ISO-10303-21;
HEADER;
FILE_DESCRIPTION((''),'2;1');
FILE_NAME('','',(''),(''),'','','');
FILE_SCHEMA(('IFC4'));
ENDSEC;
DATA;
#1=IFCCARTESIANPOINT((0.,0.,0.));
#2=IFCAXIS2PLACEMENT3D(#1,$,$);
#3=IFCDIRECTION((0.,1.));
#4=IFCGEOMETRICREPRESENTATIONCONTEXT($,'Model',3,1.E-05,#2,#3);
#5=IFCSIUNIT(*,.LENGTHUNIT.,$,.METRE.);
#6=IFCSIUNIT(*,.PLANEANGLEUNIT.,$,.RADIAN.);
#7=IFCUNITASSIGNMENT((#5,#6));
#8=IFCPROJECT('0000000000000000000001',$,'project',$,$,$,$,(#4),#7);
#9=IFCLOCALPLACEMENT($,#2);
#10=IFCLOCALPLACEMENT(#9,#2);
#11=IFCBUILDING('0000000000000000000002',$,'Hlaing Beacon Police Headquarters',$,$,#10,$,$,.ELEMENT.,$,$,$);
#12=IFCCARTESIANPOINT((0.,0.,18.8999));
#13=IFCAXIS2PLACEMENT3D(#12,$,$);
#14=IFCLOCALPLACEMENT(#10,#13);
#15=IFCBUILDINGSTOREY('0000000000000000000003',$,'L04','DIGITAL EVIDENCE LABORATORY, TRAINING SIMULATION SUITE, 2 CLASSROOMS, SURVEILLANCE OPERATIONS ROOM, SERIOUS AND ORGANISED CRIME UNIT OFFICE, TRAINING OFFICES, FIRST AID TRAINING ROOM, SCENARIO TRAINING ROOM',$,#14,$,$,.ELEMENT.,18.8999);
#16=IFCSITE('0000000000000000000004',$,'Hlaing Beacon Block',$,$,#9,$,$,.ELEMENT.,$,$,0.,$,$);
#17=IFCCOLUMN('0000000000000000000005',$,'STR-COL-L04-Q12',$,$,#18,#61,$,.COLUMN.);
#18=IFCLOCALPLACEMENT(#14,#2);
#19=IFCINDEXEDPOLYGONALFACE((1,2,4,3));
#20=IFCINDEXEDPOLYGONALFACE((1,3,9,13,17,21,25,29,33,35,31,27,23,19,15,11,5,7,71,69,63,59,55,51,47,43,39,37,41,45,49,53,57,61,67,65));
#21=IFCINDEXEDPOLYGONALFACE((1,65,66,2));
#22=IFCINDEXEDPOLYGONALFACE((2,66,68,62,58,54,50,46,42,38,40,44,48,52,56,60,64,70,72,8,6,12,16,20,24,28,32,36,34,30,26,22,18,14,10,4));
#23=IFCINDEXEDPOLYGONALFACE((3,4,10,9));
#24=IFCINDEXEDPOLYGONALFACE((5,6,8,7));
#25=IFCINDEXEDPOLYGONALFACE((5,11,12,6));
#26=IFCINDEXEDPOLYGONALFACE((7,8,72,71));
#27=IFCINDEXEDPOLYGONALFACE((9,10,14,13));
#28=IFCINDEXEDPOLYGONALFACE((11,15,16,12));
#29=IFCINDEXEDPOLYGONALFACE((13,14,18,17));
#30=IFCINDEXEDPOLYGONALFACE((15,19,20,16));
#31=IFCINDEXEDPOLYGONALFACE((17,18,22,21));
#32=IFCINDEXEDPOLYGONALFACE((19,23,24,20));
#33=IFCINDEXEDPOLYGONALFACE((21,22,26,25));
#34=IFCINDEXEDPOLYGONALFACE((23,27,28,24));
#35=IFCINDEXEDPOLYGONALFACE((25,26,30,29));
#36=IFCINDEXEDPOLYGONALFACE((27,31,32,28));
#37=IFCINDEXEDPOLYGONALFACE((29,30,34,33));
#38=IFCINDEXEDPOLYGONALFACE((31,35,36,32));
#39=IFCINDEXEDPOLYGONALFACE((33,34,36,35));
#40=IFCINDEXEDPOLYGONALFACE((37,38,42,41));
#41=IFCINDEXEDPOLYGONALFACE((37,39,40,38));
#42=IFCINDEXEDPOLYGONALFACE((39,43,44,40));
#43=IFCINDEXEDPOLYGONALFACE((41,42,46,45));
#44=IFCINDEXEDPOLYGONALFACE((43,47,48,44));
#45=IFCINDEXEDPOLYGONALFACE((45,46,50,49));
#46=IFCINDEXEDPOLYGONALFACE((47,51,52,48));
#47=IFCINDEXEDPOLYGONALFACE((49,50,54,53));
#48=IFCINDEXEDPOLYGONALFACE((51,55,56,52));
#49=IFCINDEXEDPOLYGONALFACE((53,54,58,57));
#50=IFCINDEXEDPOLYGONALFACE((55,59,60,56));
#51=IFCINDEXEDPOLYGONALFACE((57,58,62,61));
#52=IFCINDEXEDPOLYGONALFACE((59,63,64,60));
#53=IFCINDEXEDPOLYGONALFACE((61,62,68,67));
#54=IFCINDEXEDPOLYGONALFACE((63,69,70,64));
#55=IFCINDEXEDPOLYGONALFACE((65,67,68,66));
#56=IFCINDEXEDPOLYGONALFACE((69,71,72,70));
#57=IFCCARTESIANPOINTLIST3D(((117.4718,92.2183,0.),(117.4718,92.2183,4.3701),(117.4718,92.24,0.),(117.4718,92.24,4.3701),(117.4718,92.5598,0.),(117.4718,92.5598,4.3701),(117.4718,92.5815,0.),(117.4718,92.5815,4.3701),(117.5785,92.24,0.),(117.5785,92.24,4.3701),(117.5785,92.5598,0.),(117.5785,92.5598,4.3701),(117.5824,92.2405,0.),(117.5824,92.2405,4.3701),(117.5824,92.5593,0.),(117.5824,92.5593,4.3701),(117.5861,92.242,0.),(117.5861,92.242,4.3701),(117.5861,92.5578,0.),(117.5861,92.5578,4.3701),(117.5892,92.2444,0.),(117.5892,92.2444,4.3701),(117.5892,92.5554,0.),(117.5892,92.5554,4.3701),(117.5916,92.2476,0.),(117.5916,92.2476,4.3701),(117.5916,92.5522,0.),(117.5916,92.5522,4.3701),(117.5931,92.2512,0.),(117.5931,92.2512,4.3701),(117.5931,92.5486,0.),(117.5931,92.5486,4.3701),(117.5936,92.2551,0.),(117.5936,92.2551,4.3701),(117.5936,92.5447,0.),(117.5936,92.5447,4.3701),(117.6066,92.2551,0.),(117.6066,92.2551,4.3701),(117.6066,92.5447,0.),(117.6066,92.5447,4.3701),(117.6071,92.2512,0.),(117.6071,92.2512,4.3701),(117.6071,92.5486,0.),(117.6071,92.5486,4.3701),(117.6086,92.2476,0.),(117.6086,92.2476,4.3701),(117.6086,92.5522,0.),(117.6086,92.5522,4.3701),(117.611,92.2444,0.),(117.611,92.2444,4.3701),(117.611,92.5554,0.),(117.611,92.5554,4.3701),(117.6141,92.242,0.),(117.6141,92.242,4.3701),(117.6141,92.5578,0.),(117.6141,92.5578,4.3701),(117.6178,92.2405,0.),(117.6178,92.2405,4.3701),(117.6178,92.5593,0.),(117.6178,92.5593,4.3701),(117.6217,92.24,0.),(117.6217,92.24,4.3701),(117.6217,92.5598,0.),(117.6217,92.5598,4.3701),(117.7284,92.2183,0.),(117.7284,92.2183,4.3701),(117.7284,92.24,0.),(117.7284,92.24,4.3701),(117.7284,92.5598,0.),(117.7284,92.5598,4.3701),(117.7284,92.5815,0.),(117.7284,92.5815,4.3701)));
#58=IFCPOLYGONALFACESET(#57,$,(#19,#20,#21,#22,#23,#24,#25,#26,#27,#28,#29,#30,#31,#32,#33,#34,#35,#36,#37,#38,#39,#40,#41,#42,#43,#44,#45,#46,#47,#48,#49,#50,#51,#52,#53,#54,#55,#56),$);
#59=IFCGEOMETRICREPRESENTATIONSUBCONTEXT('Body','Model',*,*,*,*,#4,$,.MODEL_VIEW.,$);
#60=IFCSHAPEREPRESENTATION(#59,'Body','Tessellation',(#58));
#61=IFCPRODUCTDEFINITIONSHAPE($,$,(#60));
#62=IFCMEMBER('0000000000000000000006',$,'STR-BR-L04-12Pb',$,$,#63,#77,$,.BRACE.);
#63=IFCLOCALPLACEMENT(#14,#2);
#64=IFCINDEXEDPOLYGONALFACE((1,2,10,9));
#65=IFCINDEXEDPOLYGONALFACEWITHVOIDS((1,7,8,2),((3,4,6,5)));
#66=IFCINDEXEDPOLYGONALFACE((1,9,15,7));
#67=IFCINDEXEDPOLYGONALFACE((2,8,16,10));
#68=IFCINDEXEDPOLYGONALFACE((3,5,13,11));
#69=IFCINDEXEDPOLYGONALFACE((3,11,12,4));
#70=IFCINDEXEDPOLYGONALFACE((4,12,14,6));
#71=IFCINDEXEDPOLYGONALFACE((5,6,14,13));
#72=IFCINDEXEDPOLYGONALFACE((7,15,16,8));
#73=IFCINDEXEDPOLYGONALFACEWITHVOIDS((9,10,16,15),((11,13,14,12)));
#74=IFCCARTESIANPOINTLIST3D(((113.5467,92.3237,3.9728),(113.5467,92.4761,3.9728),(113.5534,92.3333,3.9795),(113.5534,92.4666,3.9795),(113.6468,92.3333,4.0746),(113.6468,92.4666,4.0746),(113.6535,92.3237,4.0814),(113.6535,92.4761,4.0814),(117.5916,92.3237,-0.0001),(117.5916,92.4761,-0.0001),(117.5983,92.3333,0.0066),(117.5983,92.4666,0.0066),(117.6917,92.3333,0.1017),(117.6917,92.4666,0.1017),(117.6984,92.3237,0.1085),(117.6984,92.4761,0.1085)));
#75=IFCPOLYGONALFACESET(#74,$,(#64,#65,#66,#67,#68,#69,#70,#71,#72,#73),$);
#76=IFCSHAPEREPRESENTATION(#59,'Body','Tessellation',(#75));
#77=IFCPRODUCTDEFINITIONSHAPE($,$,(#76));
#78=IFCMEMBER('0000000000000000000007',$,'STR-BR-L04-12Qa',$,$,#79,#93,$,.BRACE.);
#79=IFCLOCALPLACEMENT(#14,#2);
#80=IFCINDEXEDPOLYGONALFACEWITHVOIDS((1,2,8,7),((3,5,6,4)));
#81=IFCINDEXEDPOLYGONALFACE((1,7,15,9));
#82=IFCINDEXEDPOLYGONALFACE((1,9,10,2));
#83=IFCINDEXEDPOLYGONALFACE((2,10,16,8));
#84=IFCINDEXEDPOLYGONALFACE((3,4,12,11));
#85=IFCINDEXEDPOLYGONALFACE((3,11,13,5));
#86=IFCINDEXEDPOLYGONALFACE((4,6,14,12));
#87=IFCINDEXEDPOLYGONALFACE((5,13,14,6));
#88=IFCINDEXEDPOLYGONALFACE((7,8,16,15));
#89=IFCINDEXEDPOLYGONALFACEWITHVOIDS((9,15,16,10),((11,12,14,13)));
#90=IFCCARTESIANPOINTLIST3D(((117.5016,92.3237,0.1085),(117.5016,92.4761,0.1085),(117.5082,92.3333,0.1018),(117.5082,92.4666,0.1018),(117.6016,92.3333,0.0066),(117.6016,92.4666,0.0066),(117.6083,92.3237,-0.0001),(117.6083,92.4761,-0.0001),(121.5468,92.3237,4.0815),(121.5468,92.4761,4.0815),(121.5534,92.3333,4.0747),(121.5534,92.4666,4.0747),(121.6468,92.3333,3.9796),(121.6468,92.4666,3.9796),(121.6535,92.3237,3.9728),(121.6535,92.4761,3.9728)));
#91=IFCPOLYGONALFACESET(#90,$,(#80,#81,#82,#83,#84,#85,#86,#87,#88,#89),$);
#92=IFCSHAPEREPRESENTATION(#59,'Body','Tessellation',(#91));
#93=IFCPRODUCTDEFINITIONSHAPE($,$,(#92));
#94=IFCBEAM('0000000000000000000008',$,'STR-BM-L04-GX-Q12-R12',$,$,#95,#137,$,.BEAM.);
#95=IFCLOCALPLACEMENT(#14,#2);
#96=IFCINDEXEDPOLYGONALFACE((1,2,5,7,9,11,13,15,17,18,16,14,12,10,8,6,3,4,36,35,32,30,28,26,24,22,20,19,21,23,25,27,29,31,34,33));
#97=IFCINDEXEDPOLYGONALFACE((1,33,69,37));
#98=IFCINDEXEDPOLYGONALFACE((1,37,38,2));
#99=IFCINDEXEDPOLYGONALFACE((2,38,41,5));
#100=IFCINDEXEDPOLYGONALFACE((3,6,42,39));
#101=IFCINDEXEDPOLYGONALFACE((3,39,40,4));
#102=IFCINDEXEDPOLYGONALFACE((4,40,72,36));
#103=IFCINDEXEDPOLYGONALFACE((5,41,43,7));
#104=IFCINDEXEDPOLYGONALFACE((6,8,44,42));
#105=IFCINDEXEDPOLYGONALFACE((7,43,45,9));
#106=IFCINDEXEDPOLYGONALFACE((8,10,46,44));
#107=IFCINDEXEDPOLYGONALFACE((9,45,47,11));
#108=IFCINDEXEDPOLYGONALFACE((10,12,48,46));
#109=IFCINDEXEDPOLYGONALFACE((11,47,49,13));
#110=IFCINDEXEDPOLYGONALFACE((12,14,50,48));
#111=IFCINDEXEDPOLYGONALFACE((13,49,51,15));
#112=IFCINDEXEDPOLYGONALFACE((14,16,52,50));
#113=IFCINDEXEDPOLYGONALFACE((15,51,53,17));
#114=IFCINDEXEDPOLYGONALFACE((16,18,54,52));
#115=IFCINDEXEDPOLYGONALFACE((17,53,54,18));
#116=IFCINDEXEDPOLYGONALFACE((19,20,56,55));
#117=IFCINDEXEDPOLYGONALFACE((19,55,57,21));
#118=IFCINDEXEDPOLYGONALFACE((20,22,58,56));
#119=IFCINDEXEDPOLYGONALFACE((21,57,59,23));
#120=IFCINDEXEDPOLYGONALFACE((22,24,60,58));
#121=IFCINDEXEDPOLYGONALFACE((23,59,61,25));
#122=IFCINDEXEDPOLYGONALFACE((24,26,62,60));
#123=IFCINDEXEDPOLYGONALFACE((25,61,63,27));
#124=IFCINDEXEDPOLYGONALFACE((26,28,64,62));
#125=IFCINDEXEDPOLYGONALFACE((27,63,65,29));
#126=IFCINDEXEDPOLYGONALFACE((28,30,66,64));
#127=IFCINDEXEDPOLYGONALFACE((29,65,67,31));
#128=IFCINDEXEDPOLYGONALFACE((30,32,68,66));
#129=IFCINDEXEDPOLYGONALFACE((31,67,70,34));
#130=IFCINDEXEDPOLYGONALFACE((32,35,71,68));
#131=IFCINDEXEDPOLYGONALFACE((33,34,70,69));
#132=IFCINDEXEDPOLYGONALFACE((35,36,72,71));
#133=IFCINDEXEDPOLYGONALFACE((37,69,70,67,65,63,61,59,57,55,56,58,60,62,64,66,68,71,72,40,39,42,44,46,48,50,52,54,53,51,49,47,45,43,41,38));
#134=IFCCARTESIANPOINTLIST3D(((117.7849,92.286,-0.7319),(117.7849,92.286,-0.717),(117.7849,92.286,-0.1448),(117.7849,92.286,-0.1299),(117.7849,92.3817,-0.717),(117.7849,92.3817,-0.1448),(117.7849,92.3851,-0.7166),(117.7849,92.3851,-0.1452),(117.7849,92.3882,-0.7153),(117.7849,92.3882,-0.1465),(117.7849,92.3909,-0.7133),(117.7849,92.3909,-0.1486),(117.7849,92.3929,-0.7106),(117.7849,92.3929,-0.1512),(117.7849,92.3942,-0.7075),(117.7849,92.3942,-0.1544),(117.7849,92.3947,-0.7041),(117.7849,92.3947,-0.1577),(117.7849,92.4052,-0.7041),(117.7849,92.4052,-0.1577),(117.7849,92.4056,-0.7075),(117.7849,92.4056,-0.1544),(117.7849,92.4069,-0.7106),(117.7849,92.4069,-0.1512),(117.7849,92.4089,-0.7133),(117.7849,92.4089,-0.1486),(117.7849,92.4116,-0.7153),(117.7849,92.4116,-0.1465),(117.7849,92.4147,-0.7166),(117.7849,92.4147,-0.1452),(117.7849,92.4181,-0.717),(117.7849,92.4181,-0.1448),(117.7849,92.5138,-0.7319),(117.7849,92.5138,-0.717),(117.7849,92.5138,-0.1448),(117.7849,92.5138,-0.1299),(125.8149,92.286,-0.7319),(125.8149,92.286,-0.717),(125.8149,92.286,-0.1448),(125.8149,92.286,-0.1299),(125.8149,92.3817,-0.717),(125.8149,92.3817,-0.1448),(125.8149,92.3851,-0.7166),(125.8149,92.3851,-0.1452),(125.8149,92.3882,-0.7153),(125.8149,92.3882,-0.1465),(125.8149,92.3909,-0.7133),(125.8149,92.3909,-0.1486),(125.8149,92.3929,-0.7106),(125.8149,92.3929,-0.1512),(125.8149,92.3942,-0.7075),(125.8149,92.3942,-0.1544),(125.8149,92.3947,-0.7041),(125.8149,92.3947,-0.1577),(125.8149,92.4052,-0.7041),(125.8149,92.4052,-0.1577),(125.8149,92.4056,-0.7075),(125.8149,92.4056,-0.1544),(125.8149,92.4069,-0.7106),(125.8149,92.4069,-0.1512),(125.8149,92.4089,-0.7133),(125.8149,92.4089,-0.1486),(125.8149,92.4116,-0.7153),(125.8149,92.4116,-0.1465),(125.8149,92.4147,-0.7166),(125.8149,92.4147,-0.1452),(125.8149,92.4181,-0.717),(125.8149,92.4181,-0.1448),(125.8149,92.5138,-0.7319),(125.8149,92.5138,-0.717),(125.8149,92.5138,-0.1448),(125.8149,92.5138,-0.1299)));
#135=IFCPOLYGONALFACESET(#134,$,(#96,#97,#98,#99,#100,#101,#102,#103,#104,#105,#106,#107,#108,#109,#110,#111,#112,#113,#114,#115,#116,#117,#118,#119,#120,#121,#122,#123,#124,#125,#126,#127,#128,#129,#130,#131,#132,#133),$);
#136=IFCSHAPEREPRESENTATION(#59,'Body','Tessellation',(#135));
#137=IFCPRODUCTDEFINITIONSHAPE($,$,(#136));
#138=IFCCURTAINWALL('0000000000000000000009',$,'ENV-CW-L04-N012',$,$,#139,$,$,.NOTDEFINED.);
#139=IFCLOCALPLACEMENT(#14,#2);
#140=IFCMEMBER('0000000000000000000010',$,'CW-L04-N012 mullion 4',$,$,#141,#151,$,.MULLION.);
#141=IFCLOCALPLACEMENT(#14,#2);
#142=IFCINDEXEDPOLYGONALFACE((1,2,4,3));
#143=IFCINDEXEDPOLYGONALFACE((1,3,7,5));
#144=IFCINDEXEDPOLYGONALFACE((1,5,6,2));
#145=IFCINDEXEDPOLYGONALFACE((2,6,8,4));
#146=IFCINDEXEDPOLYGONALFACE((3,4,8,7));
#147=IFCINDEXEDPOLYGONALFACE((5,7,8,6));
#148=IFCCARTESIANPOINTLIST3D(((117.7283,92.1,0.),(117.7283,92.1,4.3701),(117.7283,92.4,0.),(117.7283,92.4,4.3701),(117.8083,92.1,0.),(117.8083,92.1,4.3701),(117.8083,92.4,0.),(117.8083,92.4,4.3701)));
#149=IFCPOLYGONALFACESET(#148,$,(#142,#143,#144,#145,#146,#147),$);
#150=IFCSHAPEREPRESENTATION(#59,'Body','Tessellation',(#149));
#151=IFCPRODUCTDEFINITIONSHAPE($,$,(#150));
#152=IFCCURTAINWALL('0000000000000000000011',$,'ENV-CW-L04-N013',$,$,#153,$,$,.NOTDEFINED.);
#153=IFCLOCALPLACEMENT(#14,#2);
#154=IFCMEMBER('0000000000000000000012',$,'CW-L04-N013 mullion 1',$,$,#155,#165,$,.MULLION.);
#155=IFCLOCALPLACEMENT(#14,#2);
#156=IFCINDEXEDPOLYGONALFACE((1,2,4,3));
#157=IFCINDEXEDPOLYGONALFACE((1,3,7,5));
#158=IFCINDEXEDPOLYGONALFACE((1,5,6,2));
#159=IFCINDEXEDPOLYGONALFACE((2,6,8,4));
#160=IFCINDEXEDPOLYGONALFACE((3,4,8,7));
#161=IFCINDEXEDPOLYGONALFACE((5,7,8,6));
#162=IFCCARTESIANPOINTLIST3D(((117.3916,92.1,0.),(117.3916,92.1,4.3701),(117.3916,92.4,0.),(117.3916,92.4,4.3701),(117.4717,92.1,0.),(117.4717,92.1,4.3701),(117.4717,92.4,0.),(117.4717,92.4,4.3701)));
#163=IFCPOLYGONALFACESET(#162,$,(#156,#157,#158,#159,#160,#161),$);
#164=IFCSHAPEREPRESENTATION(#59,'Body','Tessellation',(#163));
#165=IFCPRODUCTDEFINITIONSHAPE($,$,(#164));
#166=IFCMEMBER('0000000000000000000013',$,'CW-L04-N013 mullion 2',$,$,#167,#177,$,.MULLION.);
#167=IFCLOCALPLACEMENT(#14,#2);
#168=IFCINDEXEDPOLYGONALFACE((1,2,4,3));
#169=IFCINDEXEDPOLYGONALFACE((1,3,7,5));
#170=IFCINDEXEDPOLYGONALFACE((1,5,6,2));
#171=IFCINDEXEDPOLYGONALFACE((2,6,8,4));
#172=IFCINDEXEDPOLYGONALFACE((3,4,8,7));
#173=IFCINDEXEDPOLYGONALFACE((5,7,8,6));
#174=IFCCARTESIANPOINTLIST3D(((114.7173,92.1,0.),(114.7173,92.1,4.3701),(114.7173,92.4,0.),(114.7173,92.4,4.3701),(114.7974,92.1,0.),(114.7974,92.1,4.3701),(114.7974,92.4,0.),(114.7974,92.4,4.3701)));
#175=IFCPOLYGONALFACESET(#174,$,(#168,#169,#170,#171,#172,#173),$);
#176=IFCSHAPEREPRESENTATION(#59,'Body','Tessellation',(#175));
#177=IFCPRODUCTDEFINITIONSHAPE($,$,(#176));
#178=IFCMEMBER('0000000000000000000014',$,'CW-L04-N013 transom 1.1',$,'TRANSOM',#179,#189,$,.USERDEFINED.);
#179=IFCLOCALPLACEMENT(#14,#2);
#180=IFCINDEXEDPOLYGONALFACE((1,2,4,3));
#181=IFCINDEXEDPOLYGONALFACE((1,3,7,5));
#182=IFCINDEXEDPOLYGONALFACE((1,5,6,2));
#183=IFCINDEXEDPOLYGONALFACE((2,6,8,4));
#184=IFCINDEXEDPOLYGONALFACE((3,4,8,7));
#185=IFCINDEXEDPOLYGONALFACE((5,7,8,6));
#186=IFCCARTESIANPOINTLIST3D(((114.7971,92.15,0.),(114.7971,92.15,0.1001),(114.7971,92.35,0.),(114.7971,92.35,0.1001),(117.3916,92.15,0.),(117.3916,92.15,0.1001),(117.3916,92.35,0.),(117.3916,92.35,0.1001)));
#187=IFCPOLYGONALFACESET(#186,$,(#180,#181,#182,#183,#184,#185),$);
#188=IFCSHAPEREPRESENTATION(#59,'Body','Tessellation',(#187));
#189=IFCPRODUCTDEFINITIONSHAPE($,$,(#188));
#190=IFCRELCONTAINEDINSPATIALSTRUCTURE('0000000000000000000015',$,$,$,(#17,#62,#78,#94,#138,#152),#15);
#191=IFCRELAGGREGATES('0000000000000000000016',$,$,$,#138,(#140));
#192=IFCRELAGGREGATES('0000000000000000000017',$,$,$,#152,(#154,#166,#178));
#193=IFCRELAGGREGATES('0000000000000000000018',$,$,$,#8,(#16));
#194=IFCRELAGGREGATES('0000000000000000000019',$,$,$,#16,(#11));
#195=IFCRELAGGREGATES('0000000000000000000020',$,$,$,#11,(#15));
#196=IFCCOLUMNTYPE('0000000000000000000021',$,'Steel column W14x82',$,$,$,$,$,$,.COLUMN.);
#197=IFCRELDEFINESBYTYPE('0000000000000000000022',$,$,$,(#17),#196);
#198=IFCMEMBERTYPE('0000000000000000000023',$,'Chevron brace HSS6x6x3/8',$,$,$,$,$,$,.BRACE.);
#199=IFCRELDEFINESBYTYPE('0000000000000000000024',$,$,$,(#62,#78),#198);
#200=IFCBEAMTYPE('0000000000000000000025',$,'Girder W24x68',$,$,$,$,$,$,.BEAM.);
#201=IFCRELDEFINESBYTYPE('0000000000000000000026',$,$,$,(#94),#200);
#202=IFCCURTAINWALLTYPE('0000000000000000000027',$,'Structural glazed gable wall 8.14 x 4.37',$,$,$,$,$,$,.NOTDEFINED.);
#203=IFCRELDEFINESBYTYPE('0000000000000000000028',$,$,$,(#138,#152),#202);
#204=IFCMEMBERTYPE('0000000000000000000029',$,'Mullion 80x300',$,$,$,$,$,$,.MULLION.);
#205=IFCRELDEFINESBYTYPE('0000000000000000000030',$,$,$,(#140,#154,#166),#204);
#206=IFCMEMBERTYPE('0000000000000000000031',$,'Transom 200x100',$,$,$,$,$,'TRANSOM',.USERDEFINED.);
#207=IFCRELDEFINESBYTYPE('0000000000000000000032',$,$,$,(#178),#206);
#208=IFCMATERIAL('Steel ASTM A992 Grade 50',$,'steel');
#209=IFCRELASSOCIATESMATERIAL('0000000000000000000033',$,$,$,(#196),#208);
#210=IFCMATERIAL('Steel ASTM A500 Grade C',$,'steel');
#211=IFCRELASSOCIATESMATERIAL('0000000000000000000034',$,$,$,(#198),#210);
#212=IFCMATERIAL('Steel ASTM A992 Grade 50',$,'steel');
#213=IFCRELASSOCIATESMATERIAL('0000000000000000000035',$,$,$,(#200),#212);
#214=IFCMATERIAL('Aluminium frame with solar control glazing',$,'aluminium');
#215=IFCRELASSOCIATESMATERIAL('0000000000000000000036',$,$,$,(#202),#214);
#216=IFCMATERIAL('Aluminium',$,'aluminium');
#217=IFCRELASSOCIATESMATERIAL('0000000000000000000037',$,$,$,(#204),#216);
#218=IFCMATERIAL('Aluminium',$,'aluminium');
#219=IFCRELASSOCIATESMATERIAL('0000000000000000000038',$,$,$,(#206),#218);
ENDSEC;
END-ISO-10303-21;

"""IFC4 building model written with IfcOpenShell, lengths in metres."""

from ifc_helpers import new_model, si_unit, direction, frame, origin, origin_2d, place, context, subcontext, project, spatial, rectangle, hollow_rectangle, i_section, extrude, material, material_profile, profile_set, type_object, element, aggregate, save


model = new_model("IFC4")

# Units and contexts
model_context = context("Model", 3, precision=1e-05, world=origin(), true_north=direction((0.0, 1.0)))
body_context = subcontext(model_context, "Body", "Model", "MODEL_VIEW")
ifc_project = project(units=[si_unit("LENGTHUNIT", "METRE"), si_unit("PLANEANGLEUNIT", "RADIAN")], contexts=[model_context])

# Site, building, storey
site_placement = place(None, origin())
site = spatial("IfcSite", under=ifc_project, at=site_placement, Name="Hlaing Beacon Block", CompositionType="ELEMENT", RefElevation=0.0)
building_placement = place(site_placement, origin())
building = spatial("IfcBuilding", under=site, at=building_placement, Name="Hlaing Beacon Police Headquarters", CompositionType="ELEMENT")
storey_placement = place(building_placement, frame((0.0, 0.0, 18.8999)))
storey = spatial("IfcBuildingStorey", under=building, at=storey_placement, Name="L04", Description="DIGITAL EVIDENCE LABORATORY, TRAINING SIMULATION SUITE, 2 CLASSROOMS, SURVEILLANCE OPERATIONS ROOM, SERIOUS AND ORGANISED CRIME UNIT OFFICE, TRAINING OFFICES, FIRST AID TRAINING ROOM, SCENARIO TRAINING ROOM", CompositionType="ELEMENT", Elevation=18.8999)

# Column
ifc_material_1 = material(Name="Steel ASTM A992 Grade 50", Category="steel")
ifc_material_profile_1 = material_profile(ifc_material_1, i_section(OverallWidth=0.2566, OverallDepth=0.3633, WebThickness=0.0129, FlangeThickness=0.0217, FilletRadius=0.0151, at=origin_2d()), Name="W14x82")
ifc_profile_set_1 = profile_set([ifc_material_profile_1], Name="Steel ASTM A992 Grade 50")
column_type = type_object("IfcColumnType", Name="Steel column W14x82", PredefinedType="COLUMN", material=ifc_profile_set_1)
column_placement = place(storey_placement, frame((117.6001, 92.3999, 0.0), z_axis=(0.0, 0.0, 1.0), x_axis=(1.0, 0.0, 0.0)))
element("IfcColumn", 1, at=column_placement, inside=storey, type_object=column_type, Name="STR-COL-L04-Q12", PredefinedType="COLUMN", context=body_context, shape_type="SweptSolid", body=[
    extrude(i_section(OverallWidth=0.2566, OverallDepth=0.3633, WebThickness=0.0129, FlangeThickness=0.0217, FilletRadius=0.0151, at=origin_2d()), origin(), (0.0, 0.0, 1.0), 4.3701),
])

# Members
ifc_material_2 = material(Name="Steel ASTM A500 Grade C", Category="steel")
ifc_material_profile_2 = material_profile(ifc_material_2, hollow_rectangle(XDim=0.1523, YDim=0.1523, WallThickness=0.0095, at=origin_2d()), Name="HSS6x6x3/8")
ifc_profile_set_2 = profile_set([ifc_material_profile_2], Name="Steel ASTM A500 Grade C")
member_type_1 = type_object("IfcMemberType", Name="Chevron brace HSS6x6x3/8", PredefinedType="BRACE", material=ifc_profile_set_2)
member_1_placement = place(storey_placement, frame((117.645, 92.3999, 0.0542), z_axis=(-0.71343, 0.0, 0.700727), x_axis=(0.0, -1.0, 0.0)))
element("IfcMember", 2, at=member_1_placement, inside=storey, type_object=member_type_1, Name="STR-BR-L04-12Pb", PredefinedType="BRACE", context=body_context, shape_type="SweptSolid", body=[
    extrude(hollow_rectangle(XDim=0.1523, YDim=0.1523, WallThickness=0.0095, at=origin_2d()), origin(), (0.0, 0.0, 1.0), 5.6697),
])
member_2_placement = place(storey_placement, frame((117.5549, 92.3999, 0.0542), z_axis=(0.713451, 0.0, 0.700705), x_axis=(0.0, 1.0, 0.0)))
element("IfcMember", 3, at=member_2_placement, inside=storey, type_object=member_type_1, Name="STR-BR-L04-12Qa", PredefinedType="BRACE", context=body_context, shape_type="SweptSolid", body=[
    extrude(hollow_rectangle(XDim=0.1523, YDim=0.1523, WallThickness=0.0095, at=origin_2d()), origin(), (0.0, 0.0, 1.0), 5.6699),
])

# Beam
ifc_material_3 = material(Name="Steel ASTM A992 Grade 50", Category="steel")
ifc_material_profile_3 = material_profile(ifc_material_3, i_section(OverallWidth=0.2278, OverallDepth=0.6021, WebThickness=0.0105, FlangeThickness=0.0149, FilletRadius=0.0129, at=origin_2d()), Name="W24x68")
ifc_profile_set_3 = profile_set([ifc_material_profile_3], Name="Steel ASTM A992 Grade 50")
beam_type = type_object("IfcBeamType", Name="Girder W24x68", PredefinedType="BEAM", material=ifc_profile_set_3)
beam_placement = place(storey_placement, frame((117.7849, 92.3999, -0.4309), z_axis=(1.0, 0.0, 0.0), x_axis=(0.0, 1.0, 0.0)))
element("IfcBeam", 4, at=beam_placement, inside=storey, type_object=beam_type, Name="STR-BM-L04-GX-Q12-R12", PredefinedType="BEAM", context=body_context, shape_type="SweptSolid", body=[
    extrude(i_section(OverallWidth=0.2278, OverallDepth=0.6021, WebThickness=0.0105, FlangeThickness=0.0149, FilletRadius=0.0129, at=origin_2d()), origin(), (0.0, 0.0, 1.0), 8.03),
])

# Curtain wall, member
ifc_material_4 = material(Name="Aluminium frame with solar control glazing", Category="aluminium")
curtain_wall_type = type_object("IfcCurtainWallType", Name="Structural glazed gable wall 8.14 x 4.37", PredefinedType="NOTDEFINED", material=ifc_material_4)
curtain_wall_1_placement = place(storey_placement, origin())
curtain_wall_1 = element("IfcCurtainWall", 5, at=curtain_wall_1_placement, inside=storey, type_object=curtain_wall_type, Name="ENV-CW-L04-N012", PredefinedType="NOTDEFINED")
ifc_material_5 = material(Name="Aluminium", Category="aluminium")
ifc_material_profile_4 = material_profile(ifc_material_5, rectangle(XDim=0.3, YDim=0.0801, at=origin_2d()), Name="Mullion 80x300")
ifc_profile_set_4 = profile_set([ifc_material_profile_4], Name="Aluminium")
member_type_2 = type_object("IfcMemberType", Name="Mullion 80x300", PredefinedType="MULLION", material=ifc_profile_set_4)
member_3_placement = place(storey_placement, frame((117.7683, 92.25, 0.0), z_axis=(0.0, 0.0, 1.0), x_axis=(0.0, -1.0, 0.0)))
member_3 = element("IfcMember", 6, at=member_3_placement, type_object=member_type_2, Name="CW-L04-N012 mullion 4", PredefinedType="MULLION", context=body_context, shape_type="SweptSolid", body=[
    extrude(rectangle(XDim=0.3, YDim=0.0801, at=origin_2d()), origin(), (0.0, 0.0, 1.0), 4.3701),
])
aggregate(curtain_wall_1, [member_3])

# Curtain wall, members
curtain_wall_2_placement = place(storey_placement, origin())
curtain_wall_2 = element("IfcCurtainWall", 7, at=curtain_wall_2_placement, inside=storey, type_object=curtain_wall_type, Name="ENV-CW-L04-N013", PredefinedType="NOTDEFINED")
member_4_placement = place(storey_placement, frame((117.4316, 92.25, 0.0), z_axis=(0.0, 0.0, 1.0), x_axis=(0.0, -1.0, 0.0)))
member_4 = element("IfcMember", 8, at=member_4_placement, type_object=member_type_2, Name="CW-L04-N013 mullion 1", PredefinedType="MULLION", context=body_context, shape_type="SweptSolid", body=[
    extrude(rectangle(XDim=0.3, YDim=0.0801, at=origin_2d()), origin(), (0.0, 0.0, 1.0), 4.3701),
])
member_5_placement = place(storey_placement, frame((114.7573, 92.25, 0.0), z_axis=(0.0, 0.0, 1.0), x_axis=(0.0, -1.0, 0.0)))
member_5 = element("IfcMember", 9, at=member_5_placement, type_object=member_type_2, Name="CW-L04-N013 mullion 2", PredefinedType="MULLION", context=body_context, shape_type="SweptSolid", body=[
    extrude(rectangle(XDim=0.3, YDim=0.0801, at=origin_2d()), origin(), (0.0, 0.0, 1.0), 4.3701),
])
ifc_material_6 = material(Name="Aluminium", Category="aluminium")
ifc_material_profile_5 = material_profile(ifc_material_6, rectangle(XDim=0.2, YDim=0.1001, at=origin_2d()), Name="Transom 200x100")
ifc_profile_set_5 = profile_set([ifc_material_profile_5], Name="Aluminium")
member_type_3 = type_object("IfcMemberType", Name="Transom 200x100", ElementType="TRANSOM", PredefinedType="USERDEFINED", material=ifc_profile_set_5)
member_6_placement = place(storey_placement, frame((117.3916, 92.25, 0.05), z_axis=(-1.0, 0.0, 0.0), x_axis=(0.0, -1.0, 0.0)))
member_6 = element("IfcMember", 10, at=member_6_placement, type_object=member_type_3, Name="CW-L04-N013 transom 1.1", ObjectType="TRANSOM", PredefinedType="USERDEFINED", context=body_context, shape_type="SweptSolid", body=[
    extrude(rectangle(XDim=0.2, YDim=0.1001, at=origin_2d()), origin(), (0.0, 0.0, 1.0), 2.5945),
])
aggregate(curtain_wall_2, [member_4, member_5, member_6])

save(model, "model.ifc")
